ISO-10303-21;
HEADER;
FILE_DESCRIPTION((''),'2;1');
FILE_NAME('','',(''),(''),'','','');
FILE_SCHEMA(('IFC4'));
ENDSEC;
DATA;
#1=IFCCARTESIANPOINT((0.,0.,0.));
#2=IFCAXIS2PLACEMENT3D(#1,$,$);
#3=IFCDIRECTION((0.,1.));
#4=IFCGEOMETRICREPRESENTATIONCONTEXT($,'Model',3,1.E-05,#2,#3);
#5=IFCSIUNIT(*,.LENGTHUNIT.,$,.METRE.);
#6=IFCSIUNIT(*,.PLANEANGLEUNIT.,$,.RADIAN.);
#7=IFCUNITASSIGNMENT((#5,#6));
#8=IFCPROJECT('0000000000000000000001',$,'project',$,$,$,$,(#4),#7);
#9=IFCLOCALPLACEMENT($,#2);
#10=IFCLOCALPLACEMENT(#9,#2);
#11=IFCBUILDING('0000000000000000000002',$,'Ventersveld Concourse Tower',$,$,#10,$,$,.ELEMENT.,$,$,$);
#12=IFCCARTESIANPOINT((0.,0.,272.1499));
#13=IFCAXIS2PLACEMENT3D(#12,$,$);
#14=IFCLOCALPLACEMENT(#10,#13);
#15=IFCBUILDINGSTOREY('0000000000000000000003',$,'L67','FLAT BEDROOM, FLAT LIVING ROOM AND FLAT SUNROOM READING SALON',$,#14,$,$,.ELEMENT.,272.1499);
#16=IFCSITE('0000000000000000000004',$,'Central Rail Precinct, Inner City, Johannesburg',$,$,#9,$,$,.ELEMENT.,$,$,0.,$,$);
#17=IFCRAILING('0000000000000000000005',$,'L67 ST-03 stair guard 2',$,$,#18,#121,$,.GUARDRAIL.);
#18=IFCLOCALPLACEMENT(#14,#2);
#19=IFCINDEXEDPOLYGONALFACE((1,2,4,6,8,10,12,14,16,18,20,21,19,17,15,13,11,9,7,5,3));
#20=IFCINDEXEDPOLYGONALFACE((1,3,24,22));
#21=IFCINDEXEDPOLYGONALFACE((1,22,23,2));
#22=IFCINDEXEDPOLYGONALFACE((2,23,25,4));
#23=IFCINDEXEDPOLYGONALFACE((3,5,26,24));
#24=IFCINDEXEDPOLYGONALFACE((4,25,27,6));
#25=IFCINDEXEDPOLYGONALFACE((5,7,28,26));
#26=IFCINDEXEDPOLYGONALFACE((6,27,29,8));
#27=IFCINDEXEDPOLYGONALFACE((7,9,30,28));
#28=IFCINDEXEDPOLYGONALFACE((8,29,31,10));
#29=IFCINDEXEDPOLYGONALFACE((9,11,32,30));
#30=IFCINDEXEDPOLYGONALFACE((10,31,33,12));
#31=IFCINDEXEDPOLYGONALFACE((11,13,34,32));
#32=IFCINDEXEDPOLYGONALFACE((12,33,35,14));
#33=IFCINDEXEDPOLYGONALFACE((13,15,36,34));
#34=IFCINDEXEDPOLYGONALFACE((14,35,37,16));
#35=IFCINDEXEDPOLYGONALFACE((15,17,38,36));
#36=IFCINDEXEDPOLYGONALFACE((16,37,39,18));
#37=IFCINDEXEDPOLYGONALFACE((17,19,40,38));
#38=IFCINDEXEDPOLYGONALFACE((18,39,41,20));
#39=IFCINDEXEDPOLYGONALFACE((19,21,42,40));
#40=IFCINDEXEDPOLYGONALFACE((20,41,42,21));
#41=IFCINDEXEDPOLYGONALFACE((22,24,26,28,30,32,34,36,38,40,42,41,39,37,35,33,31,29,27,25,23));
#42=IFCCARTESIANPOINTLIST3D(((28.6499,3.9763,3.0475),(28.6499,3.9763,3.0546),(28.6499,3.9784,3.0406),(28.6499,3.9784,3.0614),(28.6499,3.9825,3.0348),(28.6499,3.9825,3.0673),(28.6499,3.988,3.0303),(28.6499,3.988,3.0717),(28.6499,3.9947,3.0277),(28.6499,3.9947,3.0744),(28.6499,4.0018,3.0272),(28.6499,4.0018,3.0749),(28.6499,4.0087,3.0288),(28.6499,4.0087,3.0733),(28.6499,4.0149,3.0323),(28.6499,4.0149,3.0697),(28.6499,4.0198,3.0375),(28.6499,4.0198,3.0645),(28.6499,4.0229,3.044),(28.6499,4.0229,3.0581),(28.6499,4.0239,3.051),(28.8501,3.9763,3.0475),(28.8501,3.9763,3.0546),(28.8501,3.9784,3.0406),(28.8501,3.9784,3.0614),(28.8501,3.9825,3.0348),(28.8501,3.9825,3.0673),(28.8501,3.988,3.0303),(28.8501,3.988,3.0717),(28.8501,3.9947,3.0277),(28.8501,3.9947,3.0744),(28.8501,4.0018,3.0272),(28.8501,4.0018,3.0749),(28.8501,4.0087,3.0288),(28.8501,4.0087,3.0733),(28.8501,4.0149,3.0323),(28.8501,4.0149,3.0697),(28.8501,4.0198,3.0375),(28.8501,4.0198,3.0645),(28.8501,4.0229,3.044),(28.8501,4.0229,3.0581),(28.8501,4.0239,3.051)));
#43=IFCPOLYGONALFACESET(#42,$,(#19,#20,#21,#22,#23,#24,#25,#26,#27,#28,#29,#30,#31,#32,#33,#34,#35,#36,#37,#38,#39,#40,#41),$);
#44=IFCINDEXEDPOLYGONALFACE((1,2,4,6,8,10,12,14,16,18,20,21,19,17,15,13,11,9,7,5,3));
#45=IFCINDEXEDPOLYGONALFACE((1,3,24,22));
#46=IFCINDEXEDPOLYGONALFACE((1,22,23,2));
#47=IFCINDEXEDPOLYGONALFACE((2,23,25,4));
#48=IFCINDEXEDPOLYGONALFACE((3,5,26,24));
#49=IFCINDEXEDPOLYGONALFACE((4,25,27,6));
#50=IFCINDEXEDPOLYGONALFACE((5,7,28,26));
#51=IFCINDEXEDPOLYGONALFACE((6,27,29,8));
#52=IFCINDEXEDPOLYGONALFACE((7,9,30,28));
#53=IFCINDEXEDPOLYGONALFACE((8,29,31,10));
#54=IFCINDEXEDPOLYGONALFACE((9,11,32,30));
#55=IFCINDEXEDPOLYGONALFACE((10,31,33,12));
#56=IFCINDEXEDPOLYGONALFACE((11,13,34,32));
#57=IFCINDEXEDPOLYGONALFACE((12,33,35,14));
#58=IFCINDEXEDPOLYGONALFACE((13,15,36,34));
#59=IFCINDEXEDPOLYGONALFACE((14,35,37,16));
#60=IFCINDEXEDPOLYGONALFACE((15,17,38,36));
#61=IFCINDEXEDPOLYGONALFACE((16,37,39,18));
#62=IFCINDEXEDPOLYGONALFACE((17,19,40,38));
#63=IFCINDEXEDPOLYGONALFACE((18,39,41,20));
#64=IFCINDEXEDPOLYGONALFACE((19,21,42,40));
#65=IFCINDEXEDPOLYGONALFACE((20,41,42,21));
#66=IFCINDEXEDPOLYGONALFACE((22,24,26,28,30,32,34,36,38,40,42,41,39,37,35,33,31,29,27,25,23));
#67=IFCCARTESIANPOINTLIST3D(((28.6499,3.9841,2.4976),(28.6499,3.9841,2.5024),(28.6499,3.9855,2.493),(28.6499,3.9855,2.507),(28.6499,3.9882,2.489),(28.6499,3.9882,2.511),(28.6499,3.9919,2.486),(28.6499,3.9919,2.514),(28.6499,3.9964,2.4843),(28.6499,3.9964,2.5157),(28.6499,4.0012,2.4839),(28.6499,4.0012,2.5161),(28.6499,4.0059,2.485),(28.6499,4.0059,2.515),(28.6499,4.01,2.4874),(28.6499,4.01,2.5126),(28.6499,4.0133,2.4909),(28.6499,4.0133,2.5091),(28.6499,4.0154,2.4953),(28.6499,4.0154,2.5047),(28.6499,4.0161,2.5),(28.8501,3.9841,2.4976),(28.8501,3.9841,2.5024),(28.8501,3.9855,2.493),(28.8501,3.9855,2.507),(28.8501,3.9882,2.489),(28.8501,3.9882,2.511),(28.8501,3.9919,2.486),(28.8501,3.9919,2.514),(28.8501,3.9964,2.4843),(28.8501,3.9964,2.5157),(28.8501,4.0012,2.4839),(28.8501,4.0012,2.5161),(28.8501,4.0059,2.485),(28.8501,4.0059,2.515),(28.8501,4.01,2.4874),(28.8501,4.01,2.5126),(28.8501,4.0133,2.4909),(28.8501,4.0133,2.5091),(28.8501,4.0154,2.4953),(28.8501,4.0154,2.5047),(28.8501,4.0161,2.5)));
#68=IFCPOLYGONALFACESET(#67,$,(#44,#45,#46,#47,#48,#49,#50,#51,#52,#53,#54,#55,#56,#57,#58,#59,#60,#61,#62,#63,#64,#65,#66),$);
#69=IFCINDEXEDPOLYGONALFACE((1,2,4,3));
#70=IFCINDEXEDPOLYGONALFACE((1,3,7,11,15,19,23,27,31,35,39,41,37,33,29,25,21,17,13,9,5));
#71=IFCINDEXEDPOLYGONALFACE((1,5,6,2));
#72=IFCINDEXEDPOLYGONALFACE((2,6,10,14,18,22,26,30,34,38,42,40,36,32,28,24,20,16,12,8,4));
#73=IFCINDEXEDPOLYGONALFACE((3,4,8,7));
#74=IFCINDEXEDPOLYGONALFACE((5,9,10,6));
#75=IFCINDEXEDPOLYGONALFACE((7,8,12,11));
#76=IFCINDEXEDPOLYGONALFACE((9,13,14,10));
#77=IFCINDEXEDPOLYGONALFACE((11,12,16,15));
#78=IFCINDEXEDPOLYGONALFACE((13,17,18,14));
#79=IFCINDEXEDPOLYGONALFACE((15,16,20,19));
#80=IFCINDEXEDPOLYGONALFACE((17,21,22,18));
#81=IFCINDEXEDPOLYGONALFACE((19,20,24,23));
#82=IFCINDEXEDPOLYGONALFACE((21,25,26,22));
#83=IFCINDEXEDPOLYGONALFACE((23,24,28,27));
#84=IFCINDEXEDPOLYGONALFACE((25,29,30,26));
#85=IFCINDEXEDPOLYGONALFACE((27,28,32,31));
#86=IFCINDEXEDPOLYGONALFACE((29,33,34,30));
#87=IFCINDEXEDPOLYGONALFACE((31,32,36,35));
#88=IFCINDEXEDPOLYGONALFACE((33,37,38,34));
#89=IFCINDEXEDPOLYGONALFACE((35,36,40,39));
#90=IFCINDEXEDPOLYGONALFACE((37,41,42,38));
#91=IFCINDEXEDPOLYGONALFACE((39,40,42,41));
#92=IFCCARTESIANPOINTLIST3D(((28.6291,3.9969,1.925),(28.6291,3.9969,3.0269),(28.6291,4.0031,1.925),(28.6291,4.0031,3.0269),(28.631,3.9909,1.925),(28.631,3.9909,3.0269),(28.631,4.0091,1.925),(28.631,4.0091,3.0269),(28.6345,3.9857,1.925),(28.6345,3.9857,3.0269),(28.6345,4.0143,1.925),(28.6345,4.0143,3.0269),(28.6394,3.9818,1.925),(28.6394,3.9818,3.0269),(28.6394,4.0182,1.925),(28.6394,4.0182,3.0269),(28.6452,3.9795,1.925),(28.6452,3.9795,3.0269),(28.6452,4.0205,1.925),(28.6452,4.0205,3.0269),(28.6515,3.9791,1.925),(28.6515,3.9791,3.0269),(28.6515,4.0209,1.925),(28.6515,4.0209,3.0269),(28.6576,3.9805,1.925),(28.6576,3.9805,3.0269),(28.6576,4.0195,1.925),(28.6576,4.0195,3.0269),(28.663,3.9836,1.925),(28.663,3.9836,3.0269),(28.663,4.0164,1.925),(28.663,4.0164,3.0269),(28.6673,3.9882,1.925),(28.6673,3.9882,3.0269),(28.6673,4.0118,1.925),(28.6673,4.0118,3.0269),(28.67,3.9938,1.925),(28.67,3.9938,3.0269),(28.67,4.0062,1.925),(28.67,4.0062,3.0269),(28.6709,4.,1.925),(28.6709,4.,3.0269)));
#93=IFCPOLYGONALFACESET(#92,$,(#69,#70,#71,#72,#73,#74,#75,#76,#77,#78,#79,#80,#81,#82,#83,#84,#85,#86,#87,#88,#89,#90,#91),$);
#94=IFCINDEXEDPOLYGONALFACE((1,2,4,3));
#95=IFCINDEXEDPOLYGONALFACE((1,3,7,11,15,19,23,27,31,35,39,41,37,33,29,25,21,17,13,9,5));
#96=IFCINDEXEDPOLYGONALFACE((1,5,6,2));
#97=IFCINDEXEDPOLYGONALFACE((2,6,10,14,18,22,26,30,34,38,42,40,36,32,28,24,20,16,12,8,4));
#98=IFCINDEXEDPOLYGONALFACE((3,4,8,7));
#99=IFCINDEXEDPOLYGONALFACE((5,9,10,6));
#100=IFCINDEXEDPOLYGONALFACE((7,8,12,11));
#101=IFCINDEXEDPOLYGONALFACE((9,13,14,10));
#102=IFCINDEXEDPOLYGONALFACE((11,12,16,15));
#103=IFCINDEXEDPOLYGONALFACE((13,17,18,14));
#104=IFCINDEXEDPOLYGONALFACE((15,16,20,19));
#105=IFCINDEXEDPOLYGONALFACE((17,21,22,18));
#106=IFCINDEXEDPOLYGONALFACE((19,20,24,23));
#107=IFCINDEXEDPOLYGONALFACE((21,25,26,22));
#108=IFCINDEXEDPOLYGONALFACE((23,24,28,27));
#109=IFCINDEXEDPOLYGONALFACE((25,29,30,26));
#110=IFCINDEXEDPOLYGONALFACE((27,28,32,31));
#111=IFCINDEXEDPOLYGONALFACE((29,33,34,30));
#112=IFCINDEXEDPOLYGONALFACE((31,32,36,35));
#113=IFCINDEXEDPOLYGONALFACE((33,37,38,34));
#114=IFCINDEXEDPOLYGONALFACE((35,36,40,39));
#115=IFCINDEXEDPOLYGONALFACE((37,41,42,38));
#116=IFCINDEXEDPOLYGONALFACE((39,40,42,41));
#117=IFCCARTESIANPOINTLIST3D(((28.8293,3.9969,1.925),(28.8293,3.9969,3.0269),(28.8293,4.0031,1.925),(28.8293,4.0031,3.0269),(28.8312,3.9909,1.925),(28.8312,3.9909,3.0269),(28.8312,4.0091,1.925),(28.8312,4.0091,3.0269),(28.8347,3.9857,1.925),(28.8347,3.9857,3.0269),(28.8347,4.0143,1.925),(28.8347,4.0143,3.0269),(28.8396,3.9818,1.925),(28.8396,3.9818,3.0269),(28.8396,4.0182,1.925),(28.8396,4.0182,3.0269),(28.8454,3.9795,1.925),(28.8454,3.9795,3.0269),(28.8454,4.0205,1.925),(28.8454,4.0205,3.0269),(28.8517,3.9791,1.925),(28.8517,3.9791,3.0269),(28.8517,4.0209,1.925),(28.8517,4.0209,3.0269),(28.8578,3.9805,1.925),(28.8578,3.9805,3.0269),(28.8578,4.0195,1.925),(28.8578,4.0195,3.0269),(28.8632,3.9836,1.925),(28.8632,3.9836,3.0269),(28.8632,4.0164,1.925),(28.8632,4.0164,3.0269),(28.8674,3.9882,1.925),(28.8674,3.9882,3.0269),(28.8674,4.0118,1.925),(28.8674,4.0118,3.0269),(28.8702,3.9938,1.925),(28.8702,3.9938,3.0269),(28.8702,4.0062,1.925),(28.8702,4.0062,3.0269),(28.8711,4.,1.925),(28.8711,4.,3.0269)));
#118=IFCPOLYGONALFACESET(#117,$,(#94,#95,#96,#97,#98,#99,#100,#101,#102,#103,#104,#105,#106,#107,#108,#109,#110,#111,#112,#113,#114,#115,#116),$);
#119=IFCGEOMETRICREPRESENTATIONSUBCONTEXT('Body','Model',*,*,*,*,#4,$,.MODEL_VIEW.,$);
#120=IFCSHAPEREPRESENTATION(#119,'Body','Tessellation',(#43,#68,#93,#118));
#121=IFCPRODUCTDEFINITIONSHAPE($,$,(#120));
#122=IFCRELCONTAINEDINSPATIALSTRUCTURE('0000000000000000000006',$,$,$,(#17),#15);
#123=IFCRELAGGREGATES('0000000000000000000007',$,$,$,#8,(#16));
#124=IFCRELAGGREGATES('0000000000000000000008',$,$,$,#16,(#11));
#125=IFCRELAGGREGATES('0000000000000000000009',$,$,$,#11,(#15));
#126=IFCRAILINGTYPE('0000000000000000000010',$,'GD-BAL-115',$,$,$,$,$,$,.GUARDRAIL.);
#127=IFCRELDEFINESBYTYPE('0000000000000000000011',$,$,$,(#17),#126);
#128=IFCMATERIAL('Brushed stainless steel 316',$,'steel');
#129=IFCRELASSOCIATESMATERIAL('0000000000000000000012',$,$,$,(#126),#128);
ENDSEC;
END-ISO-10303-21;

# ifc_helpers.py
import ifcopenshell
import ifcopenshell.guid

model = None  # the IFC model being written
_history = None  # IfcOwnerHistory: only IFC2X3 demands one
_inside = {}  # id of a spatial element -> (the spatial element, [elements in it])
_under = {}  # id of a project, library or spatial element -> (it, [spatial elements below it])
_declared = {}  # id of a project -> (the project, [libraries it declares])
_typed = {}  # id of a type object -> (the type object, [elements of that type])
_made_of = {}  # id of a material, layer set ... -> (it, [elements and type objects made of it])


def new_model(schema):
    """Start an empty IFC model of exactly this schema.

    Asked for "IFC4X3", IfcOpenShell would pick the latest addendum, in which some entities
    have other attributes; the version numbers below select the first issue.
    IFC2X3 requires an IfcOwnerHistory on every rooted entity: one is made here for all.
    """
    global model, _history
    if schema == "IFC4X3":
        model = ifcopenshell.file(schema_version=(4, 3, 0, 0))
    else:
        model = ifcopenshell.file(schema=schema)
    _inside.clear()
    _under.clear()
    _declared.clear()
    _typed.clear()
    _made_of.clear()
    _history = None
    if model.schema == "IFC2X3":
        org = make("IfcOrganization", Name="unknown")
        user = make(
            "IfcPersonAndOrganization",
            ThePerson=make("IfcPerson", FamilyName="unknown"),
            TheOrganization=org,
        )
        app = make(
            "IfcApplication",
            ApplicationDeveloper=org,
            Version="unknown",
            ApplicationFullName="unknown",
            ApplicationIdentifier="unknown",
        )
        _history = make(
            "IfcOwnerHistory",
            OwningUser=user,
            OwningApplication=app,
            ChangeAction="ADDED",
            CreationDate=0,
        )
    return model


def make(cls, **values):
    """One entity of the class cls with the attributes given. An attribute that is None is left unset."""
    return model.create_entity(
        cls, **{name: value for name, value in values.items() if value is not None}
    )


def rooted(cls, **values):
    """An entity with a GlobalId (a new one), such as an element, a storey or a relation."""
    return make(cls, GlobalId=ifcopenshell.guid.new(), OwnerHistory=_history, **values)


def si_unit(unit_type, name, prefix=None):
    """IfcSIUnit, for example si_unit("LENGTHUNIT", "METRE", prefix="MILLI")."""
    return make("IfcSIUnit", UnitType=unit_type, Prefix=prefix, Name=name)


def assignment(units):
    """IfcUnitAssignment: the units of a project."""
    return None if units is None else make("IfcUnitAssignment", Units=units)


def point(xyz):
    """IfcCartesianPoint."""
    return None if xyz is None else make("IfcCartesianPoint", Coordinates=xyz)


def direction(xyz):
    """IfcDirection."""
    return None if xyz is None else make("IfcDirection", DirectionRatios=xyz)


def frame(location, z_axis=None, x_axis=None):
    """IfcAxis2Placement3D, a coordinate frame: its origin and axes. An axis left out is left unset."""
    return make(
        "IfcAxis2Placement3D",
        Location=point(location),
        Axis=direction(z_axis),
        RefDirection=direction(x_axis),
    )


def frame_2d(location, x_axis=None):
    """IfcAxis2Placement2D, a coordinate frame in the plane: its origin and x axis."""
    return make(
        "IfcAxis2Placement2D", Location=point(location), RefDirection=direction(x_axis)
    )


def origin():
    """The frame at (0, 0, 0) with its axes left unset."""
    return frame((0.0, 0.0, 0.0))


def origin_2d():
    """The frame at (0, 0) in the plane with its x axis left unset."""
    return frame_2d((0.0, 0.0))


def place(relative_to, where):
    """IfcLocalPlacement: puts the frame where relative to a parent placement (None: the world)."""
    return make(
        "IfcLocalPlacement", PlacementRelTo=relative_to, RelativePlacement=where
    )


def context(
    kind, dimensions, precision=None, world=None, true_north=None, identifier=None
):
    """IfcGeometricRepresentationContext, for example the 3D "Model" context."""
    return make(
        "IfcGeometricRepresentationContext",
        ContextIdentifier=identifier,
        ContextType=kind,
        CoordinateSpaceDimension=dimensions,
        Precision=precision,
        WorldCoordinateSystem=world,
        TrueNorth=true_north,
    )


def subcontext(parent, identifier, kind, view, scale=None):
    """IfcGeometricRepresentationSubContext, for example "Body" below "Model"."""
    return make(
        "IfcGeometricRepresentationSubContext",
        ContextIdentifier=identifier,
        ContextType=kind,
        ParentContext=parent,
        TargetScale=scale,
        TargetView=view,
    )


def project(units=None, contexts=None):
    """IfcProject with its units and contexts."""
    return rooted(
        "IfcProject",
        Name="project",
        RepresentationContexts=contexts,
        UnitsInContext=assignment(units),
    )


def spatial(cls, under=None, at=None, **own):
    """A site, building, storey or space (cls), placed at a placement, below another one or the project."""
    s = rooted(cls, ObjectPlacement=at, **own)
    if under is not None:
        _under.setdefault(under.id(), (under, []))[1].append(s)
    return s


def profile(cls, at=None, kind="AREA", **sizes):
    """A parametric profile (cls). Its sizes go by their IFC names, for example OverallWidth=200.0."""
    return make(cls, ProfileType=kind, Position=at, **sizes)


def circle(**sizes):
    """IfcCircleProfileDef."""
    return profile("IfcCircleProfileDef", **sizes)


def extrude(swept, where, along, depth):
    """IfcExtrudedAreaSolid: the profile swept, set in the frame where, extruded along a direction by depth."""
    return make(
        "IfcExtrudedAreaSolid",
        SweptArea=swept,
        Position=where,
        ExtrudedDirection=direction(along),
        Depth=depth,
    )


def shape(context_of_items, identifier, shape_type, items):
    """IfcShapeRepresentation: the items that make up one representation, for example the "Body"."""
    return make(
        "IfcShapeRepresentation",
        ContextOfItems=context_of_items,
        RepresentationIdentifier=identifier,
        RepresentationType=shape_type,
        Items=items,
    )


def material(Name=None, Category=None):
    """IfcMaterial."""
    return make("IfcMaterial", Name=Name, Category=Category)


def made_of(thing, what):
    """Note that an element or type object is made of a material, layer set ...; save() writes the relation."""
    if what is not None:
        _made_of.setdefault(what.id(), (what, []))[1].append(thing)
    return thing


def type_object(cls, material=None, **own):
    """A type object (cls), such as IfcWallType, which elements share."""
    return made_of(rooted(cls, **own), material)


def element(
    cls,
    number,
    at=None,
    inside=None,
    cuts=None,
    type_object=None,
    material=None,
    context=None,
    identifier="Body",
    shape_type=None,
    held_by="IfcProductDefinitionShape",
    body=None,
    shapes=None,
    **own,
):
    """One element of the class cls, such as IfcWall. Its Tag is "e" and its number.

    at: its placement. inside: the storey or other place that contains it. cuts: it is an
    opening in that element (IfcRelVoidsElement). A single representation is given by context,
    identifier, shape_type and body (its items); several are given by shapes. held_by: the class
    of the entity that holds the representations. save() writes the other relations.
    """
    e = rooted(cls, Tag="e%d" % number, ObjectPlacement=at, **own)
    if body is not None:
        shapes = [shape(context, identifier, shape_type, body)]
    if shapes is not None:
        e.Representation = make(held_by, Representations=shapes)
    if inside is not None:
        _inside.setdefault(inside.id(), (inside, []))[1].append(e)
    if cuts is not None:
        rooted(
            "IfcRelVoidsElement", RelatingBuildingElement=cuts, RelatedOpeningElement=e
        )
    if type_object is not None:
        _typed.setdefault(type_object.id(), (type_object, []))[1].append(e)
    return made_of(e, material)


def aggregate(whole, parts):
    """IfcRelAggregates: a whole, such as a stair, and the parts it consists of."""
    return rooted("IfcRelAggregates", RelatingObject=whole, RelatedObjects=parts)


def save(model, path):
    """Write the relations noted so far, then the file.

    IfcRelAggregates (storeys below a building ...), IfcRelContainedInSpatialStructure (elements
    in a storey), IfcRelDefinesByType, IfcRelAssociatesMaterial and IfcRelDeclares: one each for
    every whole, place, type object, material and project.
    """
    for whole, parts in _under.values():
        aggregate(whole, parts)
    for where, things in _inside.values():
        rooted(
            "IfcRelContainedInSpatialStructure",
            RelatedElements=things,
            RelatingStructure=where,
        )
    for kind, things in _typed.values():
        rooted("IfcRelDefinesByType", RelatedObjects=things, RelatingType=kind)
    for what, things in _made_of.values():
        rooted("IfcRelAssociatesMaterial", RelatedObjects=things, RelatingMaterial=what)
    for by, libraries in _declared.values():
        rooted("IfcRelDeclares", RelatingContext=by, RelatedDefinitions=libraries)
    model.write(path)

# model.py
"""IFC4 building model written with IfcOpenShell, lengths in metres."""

from ifc_helpers import new_model, si_unit, direction, frame, origin, origin_2d, place, context, subcontext, project, spatial, circle, extrude, material, type_object, element, save


model = new_model("IFC4")

# Units and contexts
model_context = context("Model", 3, precision=1e-05, world=origin(), true_north=direction((0.0, 1.0)))
body_context = subcontext(model_context, "Body", "Model", "MODEL_VIEW")
ifc_project = project(units=[si_unit("LENGTHUNIT", "METRE"), si_unit("PLANEANGLEUNIT", "RADIAN")], contexts=[model_context])

# Site, building, storey
site_placement = place(None, origin())
site = spatial("IfcSite", under=ifc_project, at=site_placement, Name="Central Rail Precinct, Inner City, Johannesburg", CompositionType="ELEMENT", RefElevation=0.0)
building_placement = place(site_placement, origin())
building = spatial("IfcBuilding", under=site, at=building_placement, Name="Ventersveld Concourse Tower", CompositionType="ELEMENT")
storey_placement = place(building_placement, frame((0.0, 0.0, 272.1499)))
storey = spatial("IfcBuildingStorey", under=building, at=storey_placement, Name="L67", Description="FLAT BEDROOM, FLAT LIVING ROOM AND FLAT SUNROOM READING SALON", CompositionType="ELEMENT", Elevation=272.1499)

# Railing
ifc_material_1 = material(Name="Brushed stainless steel 316", Category="steel")
railing_type_1 = type_object("IfcRailingType", Name="GD-BAL-115", PredefinedType="GUARDRAIL", material=ifc_material_1)
railing_1_placement = place(storey_placement, frame((28.6499, 4.0, 1.925)))
element("IfcRailing", 1, at=railing_1_placement, inside=storey, type_object=railing_type_1, Name="L67 ST-03 stair guard 2", PredefinedType="GUARDRAIL", context=body_context, shape_type="SweptSolid", body=[
    extrude(circle(Radius=0.0239, at=origin_2d()), frame((0.0, 0.0, 1.126), z_axis=(1.0, 0.0, 0.0), x_axis=(0.0, 1.0, 0.0)), (0.0, 0.0, 1.0), 0.2002),
    extrude(circle(Radius=0.0161, at=origin_2d()), frame((0.0, 0.0, 0.575), z_axis=(1.0, 0.0, 0.0), x_axis=(0.0, 1.0, 0.0)), (0.0, 0.0, 1.0), 0.2002),
    extrude(circle(Radius=0.021, at=origin_2d()), origin(), (0.0, 0.0, 1.0), 1.1018),
    extrude(circle(Radius=0.021, at=origin_2d()), frame((0.2002, 0.0, 0.0)), (0.0, 0.0, 1.0), 1.1018),
])

save(model, "model.ifc")
